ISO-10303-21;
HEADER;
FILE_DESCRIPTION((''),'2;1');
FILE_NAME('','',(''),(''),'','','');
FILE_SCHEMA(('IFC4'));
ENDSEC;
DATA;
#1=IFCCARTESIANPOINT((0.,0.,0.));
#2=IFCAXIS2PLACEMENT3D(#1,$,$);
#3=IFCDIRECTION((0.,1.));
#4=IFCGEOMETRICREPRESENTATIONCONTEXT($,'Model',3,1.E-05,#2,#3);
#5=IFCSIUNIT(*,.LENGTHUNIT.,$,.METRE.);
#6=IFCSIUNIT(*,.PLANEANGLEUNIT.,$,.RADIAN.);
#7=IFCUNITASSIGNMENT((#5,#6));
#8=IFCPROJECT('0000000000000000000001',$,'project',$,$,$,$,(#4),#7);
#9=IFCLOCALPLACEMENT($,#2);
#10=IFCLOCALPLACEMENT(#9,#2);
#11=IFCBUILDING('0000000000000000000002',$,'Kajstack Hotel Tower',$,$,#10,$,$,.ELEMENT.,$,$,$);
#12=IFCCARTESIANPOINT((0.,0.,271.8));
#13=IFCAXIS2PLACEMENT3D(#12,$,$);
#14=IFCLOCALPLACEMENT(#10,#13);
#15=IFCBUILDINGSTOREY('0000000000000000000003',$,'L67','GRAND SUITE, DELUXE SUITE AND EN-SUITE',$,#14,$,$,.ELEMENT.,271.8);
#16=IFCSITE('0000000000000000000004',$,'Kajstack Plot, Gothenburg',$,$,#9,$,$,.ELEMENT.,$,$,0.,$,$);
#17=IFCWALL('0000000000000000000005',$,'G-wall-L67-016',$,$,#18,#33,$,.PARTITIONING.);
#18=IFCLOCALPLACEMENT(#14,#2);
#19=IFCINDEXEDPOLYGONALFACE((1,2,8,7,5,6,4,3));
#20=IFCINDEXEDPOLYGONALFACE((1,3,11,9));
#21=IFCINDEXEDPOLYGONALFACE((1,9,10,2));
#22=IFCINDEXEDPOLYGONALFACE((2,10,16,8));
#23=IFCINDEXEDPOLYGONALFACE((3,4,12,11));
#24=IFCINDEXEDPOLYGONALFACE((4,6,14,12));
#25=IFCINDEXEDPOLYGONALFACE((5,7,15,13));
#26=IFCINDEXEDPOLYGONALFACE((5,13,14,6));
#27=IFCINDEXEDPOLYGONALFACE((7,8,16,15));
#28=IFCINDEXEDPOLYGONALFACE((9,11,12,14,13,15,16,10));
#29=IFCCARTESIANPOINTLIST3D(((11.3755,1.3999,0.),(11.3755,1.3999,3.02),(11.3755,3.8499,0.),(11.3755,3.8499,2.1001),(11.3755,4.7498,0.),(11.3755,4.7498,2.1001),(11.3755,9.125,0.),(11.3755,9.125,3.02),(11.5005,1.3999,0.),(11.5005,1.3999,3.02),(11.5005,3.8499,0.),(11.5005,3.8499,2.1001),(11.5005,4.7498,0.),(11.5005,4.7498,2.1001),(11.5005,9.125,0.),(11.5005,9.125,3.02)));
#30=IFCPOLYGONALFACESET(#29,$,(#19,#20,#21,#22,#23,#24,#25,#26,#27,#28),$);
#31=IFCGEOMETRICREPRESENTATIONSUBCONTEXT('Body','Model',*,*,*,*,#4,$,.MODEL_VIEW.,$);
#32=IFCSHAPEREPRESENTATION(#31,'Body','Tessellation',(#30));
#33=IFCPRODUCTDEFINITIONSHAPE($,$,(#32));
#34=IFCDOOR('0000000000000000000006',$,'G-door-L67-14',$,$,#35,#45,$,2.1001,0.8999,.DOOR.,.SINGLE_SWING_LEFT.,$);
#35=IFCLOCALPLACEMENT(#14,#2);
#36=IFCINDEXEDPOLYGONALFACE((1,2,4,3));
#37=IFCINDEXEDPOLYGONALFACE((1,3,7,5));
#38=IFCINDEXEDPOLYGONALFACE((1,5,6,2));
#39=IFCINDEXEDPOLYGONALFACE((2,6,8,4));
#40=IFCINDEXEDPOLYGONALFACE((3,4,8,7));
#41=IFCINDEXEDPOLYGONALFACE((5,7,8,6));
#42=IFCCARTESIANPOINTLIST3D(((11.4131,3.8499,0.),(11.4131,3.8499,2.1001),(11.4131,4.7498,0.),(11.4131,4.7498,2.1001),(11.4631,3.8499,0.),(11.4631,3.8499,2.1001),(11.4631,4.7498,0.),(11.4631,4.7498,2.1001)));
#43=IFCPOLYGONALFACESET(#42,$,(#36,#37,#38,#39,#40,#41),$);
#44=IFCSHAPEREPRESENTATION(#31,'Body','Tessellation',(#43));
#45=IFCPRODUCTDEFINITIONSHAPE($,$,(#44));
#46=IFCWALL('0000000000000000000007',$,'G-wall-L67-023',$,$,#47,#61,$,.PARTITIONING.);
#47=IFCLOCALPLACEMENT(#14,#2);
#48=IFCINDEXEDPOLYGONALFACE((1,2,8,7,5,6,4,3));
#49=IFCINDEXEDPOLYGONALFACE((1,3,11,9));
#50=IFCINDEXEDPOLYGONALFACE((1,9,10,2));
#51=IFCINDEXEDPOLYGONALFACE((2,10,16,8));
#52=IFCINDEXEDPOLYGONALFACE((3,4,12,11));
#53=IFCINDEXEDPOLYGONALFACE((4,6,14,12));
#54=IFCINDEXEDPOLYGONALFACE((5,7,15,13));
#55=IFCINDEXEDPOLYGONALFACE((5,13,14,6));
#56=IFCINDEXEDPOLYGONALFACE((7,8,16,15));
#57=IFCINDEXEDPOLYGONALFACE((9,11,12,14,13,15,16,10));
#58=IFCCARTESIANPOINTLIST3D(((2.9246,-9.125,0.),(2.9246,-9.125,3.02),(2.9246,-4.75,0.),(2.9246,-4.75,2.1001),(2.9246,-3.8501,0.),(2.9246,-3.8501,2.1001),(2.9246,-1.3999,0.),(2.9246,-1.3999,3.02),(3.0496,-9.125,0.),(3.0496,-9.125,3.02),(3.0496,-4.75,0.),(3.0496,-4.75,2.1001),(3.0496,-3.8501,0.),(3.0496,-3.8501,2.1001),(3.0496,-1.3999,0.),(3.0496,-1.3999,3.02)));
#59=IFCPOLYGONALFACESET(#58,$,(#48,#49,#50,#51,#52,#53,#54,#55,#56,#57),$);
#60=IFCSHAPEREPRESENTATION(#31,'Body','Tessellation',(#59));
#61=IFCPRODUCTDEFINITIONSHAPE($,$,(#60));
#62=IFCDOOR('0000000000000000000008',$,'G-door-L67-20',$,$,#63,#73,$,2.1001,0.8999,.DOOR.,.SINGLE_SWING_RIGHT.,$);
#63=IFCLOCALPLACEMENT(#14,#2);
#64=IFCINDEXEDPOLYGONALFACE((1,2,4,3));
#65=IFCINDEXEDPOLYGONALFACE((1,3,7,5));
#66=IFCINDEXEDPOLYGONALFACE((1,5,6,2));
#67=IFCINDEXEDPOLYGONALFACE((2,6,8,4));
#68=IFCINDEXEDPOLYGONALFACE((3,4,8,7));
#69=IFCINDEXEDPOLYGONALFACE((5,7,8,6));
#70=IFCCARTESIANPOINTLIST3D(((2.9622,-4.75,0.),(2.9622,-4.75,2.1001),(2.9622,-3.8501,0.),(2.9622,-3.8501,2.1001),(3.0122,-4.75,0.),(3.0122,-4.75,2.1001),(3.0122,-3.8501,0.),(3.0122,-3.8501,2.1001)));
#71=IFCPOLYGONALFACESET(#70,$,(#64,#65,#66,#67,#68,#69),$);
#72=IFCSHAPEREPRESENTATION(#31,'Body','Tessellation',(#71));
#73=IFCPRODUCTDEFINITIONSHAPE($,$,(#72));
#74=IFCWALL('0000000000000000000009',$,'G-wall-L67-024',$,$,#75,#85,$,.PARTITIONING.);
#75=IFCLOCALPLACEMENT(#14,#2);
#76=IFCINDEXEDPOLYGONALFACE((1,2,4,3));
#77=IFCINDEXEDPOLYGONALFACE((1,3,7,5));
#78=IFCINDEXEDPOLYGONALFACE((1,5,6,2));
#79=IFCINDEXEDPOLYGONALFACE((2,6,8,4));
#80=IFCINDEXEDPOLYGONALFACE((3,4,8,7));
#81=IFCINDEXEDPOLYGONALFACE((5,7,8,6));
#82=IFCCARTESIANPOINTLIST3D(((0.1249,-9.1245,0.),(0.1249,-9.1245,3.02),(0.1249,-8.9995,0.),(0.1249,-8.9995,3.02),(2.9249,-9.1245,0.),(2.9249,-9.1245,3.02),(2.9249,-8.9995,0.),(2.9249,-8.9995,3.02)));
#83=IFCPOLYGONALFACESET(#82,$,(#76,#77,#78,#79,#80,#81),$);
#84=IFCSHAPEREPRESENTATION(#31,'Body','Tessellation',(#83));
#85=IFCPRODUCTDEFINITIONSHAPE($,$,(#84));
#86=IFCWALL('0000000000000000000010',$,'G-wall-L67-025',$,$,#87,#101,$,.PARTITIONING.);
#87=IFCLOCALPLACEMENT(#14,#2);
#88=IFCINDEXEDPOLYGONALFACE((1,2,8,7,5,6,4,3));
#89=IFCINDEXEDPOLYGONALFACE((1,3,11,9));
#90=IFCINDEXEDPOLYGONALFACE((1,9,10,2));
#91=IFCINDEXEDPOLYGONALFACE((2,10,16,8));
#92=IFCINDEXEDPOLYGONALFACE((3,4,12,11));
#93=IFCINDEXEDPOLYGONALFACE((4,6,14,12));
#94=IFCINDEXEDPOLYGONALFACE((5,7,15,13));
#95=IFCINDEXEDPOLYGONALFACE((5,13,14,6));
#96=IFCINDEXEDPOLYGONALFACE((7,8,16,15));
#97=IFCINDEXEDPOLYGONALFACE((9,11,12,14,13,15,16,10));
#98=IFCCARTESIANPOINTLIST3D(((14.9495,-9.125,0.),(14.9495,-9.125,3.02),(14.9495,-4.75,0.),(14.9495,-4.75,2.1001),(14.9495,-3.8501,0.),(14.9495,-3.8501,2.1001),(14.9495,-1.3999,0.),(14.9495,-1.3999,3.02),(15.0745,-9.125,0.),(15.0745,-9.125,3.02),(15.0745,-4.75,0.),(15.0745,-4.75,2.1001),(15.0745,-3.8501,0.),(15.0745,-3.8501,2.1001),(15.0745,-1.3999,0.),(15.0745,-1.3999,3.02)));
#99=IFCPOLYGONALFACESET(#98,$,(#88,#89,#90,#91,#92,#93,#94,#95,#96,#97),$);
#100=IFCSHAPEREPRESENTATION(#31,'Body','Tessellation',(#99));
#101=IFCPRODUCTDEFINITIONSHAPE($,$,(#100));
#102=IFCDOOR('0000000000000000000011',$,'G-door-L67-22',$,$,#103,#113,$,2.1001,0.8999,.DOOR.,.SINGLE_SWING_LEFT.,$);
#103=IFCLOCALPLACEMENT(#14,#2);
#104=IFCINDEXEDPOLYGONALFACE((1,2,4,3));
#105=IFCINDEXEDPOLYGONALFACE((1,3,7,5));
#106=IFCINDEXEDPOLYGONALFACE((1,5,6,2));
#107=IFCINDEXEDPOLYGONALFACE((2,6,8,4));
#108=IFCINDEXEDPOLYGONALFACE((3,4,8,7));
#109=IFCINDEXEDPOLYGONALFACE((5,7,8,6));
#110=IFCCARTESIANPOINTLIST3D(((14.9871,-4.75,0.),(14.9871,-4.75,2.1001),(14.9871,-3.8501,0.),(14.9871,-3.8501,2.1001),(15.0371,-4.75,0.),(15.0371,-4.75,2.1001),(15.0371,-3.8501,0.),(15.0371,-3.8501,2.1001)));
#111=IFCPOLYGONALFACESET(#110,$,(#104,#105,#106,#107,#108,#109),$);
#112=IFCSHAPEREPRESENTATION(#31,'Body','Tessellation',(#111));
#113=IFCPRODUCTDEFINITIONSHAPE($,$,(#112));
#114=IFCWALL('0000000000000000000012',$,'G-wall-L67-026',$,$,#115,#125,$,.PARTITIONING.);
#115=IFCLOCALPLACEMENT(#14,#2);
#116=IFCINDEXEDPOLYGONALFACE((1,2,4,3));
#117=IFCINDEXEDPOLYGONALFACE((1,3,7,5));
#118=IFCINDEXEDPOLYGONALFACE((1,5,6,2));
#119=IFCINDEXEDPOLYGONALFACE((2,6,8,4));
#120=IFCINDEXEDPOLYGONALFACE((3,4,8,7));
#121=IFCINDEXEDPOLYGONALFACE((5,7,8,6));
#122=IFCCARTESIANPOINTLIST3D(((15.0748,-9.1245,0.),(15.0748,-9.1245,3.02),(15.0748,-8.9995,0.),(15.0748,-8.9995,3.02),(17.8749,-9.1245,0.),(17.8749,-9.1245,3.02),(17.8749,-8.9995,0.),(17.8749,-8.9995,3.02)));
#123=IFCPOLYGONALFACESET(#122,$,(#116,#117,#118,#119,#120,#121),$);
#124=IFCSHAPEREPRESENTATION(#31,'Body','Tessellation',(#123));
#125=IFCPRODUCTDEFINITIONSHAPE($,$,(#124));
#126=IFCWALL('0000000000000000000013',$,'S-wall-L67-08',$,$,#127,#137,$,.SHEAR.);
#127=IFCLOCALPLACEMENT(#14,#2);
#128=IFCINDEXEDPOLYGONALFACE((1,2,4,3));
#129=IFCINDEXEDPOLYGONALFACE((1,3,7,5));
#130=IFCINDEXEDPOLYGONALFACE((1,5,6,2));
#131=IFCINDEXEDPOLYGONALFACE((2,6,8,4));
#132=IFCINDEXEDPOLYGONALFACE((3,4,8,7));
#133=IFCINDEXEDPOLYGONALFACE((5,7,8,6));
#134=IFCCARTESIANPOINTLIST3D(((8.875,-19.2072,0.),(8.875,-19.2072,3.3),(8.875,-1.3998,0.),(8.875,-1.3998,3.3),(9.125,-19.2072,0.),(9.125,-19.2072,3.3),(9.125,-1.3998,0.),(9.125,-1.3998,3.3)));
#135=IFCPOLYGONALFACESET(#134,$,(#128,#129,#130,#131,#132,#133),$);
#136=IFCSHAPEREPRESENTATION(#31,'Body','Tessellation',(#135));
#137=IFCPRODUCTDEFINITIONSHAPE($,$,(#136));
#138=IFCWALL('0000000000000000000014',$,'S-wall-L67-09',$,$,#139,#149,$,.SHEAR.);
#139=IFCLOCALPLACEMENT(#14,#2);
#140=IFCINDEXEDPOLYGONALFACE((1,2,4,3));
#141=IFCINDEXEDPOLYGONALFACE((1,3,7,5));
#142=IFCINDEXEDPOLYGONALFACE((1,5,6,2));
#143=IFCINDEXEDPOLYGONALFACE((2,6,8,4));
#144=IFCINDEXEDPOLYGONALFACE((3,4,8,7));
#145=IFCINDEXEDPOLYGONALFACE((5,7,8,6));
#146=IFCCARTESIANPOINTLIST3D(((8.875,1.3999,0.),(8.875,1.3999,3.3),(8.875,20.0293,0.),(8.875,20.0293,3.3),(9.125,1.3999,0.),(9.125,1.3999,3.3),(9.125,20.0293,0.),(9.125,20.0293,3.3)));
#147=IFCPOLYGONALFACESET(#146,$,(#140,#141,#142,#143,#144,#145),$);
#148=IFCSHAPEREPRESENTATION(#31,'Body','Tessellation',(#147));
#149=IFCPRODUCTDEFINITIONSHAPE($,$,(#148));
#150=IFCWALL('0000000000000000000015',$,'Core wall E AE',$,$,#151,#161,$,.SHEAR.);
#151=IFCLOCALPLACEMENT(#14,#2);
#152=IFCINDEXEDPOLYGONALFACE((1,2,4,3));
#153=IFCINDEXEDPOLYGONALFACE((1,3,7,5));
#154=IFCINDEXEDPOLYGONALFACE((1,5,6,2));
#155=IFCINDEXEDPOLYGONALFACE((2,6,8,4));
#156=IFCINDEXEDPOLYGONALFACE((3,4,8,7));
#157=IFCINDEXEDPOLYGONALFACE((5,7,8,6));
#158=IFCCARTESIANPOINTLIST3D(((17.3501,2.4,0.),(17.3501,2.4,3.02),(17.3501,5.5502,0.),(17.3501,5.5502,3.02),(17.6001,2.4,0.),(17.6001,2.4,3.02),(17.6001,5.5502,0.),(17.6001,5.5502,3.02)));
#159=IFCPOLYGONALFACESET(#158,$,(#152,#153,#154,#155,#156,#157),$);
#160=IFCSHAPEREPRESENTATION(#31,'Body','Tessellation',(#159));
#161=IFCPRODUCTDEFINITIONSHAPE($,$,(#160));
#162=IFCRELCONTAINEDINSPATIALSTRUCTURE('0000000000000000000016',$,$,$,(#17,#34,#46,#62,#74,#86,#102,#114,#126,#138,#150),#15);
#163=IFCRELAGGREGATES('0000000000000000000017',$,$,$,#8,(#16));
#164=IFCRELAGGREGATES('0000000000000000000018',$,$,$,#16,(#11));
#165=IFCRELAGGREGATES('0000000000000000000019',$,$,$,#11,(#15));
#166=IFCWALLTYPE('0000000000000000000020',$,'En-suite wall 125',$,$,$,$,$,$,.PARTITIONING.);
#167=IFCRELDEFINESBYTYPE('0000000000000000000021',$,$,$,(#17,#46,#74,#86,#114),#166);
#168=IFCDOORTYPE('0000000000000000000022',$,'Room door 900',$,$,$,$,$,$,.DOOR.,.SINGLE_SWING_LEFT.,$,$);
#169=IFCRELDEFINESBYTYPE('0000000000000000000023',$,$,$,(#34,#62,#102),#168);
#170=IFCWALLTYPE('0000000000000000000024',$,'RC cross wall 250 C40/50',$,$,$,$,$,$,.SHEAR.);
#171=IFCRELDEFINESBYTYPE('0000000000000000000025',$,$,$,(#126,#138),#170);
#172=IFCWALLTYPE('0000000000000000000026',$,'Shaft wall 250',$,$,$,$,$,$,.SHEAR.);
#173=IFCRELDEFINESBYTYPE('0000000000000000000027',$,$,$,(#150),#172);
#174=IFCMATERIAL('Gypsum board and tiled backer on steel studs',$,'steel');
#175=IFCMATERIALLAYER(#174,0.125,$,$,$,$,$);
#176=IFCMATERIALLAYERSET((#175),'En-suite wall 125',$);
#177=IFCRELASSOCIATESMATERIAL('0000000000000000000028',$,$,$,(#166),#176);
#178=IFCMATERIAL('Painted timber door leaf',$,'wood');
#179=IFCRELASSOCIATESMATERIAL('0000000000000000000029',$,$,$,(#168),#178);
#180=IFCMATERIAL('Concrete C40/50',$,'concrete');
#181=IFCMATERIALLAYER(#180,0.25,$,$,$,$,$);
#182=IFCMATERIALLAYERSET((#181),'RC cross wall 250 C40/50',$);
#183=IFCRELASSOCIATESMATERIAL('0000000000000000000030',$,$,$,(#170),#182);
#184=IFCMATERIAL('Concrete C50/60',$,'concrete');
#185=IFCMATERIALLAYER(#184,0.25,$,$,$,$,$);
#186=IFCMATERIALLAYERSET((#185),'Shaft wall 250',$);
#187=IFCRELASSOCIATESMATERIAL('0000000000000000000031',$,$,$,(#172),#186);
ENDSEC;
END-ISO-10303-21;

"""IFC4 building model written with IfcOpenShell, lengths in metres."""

from ifc_helpers import new_model, si_unit, direction, frame, frame_2d, origin, place, context, subcontext, project, spatial, rectangle, extrude, material, layer, layer_set, type_object, element, fill, save


model = new_model("IFC4")

# Units and contexts
model_context = context("Model", 3, precision=1e-05, world=origin(), true_north=direction((0.0, 1.0)))
body_context = subcontext(model_context, "Body", "Model", "MODEL_VIEW")
ifc_project = project(units=[si_unit("LENGTHUNIT", "METRE"), si_unit("PLANEANGLEUNIT", "RADIAN")], contexts=[model_context])

# Site, building, storey
site_placement = place(None, origin())
site = spatial("IfcSite", under=ifc_project, at=site_placement, Name="Kajstack Plot, Gothenburg", CompositionType="ELEMENT", RefElevation=0.0)
building_placement = place(site_placement, origin())
building = spatial("IfcBuilding", under=site, at=building_placement, Name="Kajstack Hotel Tower", CompositionType="ELEMENT")
storey_placement = place(building_placement, frame((0.0, 0.0, 271.8)))
storey = spatial("IfcBuildingStorey", under=building, at=storey_placement, Name="L67", Description="GRAND SUITE, DELUXE SUITE AND EN-SUITE", CompositionType="ELEMENT", Elevation=271.8)

# Shared definitions
ifc_material_1 = material(Name="Concrete C40/50", Category="concrete")

# Walls, openings, doors
ifc_material_2 = material(Name="Gypsum board and tiled backer on steel studs", Category="steel")
ifc_layer_1 = layer(ifc_material_2, 0.125)
ifc_layer_set_1 = layer_set([ifc_layer_1], Name="En-suite wall 125")
wall_type_1 = type_object("IfcWallType", Name="En-suite wall 125", PredefinedType="PARTITIONING", material=ifc_layer_set_1)
ifc_material_3 = material(Name="Painted timber door leaf", Category="wood")
door_type_1 = type_object("IfcDoorType", Name="Room door 900", OperationType="SINGLE_SWING_LEFT", PredefinedType="DOOR", material=ifc_material_3)
wall_1_placement = place(storey_placement, frame((11.438, 1.3999, 0.0), z_axis=(0.0, 0.0, 1.0), x_axis=(0.0, 1.0, 0.0)))
wall_1 = element("IfcWall", 1, at=wall_1_placement, inside=storey, type_object=wall_type_1, Name="G-wall-L67-016", PredefinedType="PARTITIONING", context=body_context, shape_type="SweptSolid", body=[
    extrude(rectangle(XDim=7.7251, YDim=0.125, at=frame_2d((3.8625, 0.0))), origin(), (0.0, 0.0, 1.0), 3.02),
])
opening_1_placement = place(wall_1_placement, frame((2.45, 0.0, 0.0)))
opening_1 = element("IfcOpeningElement", 2, at=opening_1_placement, cuts=wall_1, PredefinedType="OPENING", context=body_context, shape_type="SweptSolid", body=[
    extrude(rectangle(XDim=0.8999, YDim=2.1001, at=frame_2d((0.45, 1.05))), frame((0.0, 0.0725, 0.0), z_axis=(0.0, -1.0, 0.0), x_axis=(1.0, 0.0, 0.0)), (0.0, 0.0, 1.0), 0.145),
])
door_1_placement = place(opening_1_placement, origin())
door_1 = element("IfcDoor", 3, at=door_1_placement, inside=storey, type_object=door_type_1, Name="G-door-L67-14", OperationType="SINGLE_SWING_LEFT", OverallHeight=2.1001, OverallWidth=0.8999, PredefinedType="DOOR", context=body_context, shape_type="SweptSolid", body=[
    extrude(rectangle(XDim=0.8999, YDim=2.1001, at=frame_2d((0.45, 1.05))), frame((0.0, 0.0249, 0.0), z_axis=(0.0, -1.0, 0.0), x_axis=(1.0, 0.0, 0.0)), (0.0, 0.0, 1.0), 0.05),
])
fill(opening_1, door_1)
wall_2_placement = place(storey_placement, frame((2.9871, -9.125, 0.0), z_axis=(0.0, 0.0, 1.0), x_axis=(0.0, 1.0, 0.0)))
wall_2 = element("IfcWall", 4, at=wall_2_placement, inside=storey, type_object=wall_type_1, Name="G-wall-L67-023", PredefinedType="PARTITIONING", context=body_context, shape_type="SweptSolid", body=[
    extrude(rectangle(XDim=7.7251, YDim=0.125, at=frame_2d((3.8625, 0.0))), origin(), (0.0, 0.0, 1.0), 3.02),
])
opening_2_placement = place(wall_2_placement, frame((4.375, 0.0, 0.0)))
opening_2 = element("IfcOpeningElement", 5, at=opening_2_placement, cuts=wall_2, PredefinedType="OPENING", context=body_context, shape_type="SweptSolid", body=[
    extrude(rectangle(XDim=0.8999, YDim=2.1001, at=frame_2d((0.45, 1.05))), frame((0.0, 0.0725, 0.0), z_axis=(0.0, -1.0, 0.0), x_axis=(1.0, 0.0, 0.0)), (0.0, 0.0, 1.0), 0.145),
])
door_2_placement = place(opening_2_placement, origin())
door_2 = element("IfcDoor", 6, at=door_2_placement, inside=storey, type_object=door_type_1, Name="G-door-L67-20", OperationType="SINGLE_SWING_RIGHT", OverallHeight=2.1001, OverallWidth=0.8999, PredefinedType="DOOR", context=body_context, shape_type="SweptSolid", body=[
    extrude(rectangle(XDim=0.8999, YDim=2.1001, at=frame_2d((0.45, 1.05))), frame((0.0, 0.0249, 0.0), z_axis=(0.0, -1.0, 0.0), x_axis=(1.0, 0.0, 0.0)), (0.0, 0.0, 1.0), 0.05),
])
fill(opening_2, door_2)

# Wall
wall_3_placement = place(storey_placement, frame((0.125, -9.062, 0.0), z_axis=(0.0, 0.0, 1.0), x_axis=(1.0, 0.0, 0.0)))
element("IfcWall", 7, at=wall_3_placement, inside=storey, type_object=wall_type_1, Name="G-wall-L67-024", PredefinedType="PARTITIONING", context=body_context, shape_type="SweptSolid", body=[
    extrude(rectangle(XDim=2.8, YDim=0.125, at=frame_2d((1.3999, 0.0))), origin(), (0.0, 0.0, 1.0), 3.02),
])

# Wall, opening, door
wall_4_placement = place(storey_placement, frame((15.012, -9.125, 0.0), z_axis=(0.0, 0.0, 1.0), x_axis=(0.0, 1.0, 0.0)))
wall_4 = element("IfcWall", 8, at=wall_4_placement, inside=storey, type_object=wall_type_1, Name="G-wall-L67-025", PredefinedType="PARTITIONING", context=body_context, shape_type="SweptSolid", body=[
    extrude(rectangle(XDim=7.7251, YDim=0.125, at=frame_2d((3.8625, 0.0))), origin(), (0.0, 0.0, 1.0), 3.02),
])
opening_3_placement = place(wall_4_placement, frame((4.375, 0.0, 0.0)))
opening_3 = element("IfcOpeningElement", 9, at=opening_3_placement, cuts=wall_4, PredefinedType="OPENING", context=body_context, shape_type="SweptSolid", body=[
    extrude(rectangle(XDim=0.8999, YDim=2.1001, at=frame_2d((0.45, 1.05))), frame((0.0, 0.0725, 0.0), z_axis=(0.0, -1.0, 0.0), x_axis=(1.0, 0.0, 0.0)), (0.0, 0.0, 1.0), 0.145),
])
door_3_placement = place(opening_3_placement, origin())
door_3 = element("IfcDoor", 10, at=door_3_placement, inside=storey, type_object=door_type_1, Name="G-door-L67-22", OperationType="SINGLE_SWING_LEFT", OverallHeight=2.1001, OverallWidth=0.8999, PredefinedType="DOOR", context=body_context, shape_type="SweptSolid", body=[
    extrude(rectangle(XDim=0.8999, YDim=2.1001, at=frame_2d((0.45, 1.05))), frame((0.0, 0.0249, 0.0), z_axis=(0.0, -1.0, 0.0), x_axis=(1.0, 0.0, 0.0)), (0.0, 0.0, 1.0), 0.05),
])
fill(opening_3, door_3)

# Walls
wall_5_placement = place(storey_placement, frame((15.075, -9.062, 0.0), z_axis=(0.0, 0.0, 1.0), x_axis=(1.0, 0.0, 0.0)))
element("IfcWall", 11, at=wall_5_placement, inside=storey, type_object=wall_type_1, Name="G-wall-L67-026", PredefinedType="PARTITIONING", context=body_context, shape_type="SweptSolid", body=[
    extrude(rectangle(XDim=2.8, YDim=0.125, at=frame_2d((1.3999, 0.0))), origin(), (0.0, 0.0, 1.0), 3.02),
])
ifc_layer_2 = layer(ifc_material_1, 0.25)
ifc_layer_set_2 = layer_set([ifc_layer_2], Name="RC cross wall 250 C40/50")
wall_type_2 = type_object("IfcWallType", Name="RC cross wall 250 C40/50", PredefinedType="SHEAR", material=ifc_layer_set_2)
wall_6_placement = place(storey_placement, frame((9.0, -19.2073, 0.0), z_axis=(0.0, 0.0, 1.0), x_axis=(0.0, 1.0, 0.0)))
element("IfcWall", 12, at=wall_6_placement, inside=storey, type_object=wall_type_2, Name="S-wall-L67-08", PredefinedType="SHEAR", context=body_context, shape_type="SweptSolid", body=[
    extrude(rectangle(XDim=17.8074, YDim=0.25, at=frame_2d((8.9038, 0.0))), origin(), (0.0, 0.0, 1.0), 3.3),
])
wall_7_placement = place(storey_placement, frame((9.0, 1.3999, 0.0), z_axis=(0.0, 0.0, 1.0), x_axis=(0.0, 1.0, 0.0)))
element("IfcWall", 13, at=wall_7_placement, inside=storey, type_object=wall_type_2, Name="S-wall-L67-09", PredefinedType="SHEAR", context=body_context, shape_type="SweptSolid", body=[
    extrude(rectangle(XDim=18.6294, YDim=0.25, at=frame_2d((9.3147, 0.0))), origin(), (0.0, 0.0, 1.0), 3.3),
])
ifc_material_4 = material(Name="Concrete C50/60", Category="concrete")
ifc_layer_3 = layer(ifc_material_4, 0.25)
ifc_layer_set_3 = layer_set([ifc_layer_3], Name="Shaft wall 250")
wall_type_3 = type_object("IfcWallType", Name="Shaft wall 250", PredefinedType="SHEAR", material=ifc_layer_set_3)
wall_8_placement = place(storey_placement, frame((17.4751, 2.3999, 0.0), z_axis=(0.0, 0.0, 1.0), x_axis=(0.0, 1.0, 0.0)))
element("IfcWall", 14, at=wall_8_placement, inside=storey, type_object=wall_type_3, Name="Core wall E AE", PredefinedType="SHEAR", context=body_context, shape_type="SweptSolid", body=[
    extrude(rectangle(XDim=3.1501, YDim=0.25, at=frame_2d((1.5752, 0.0))), origin(), (0.0, 0.0, 1.0), 3.02),
])

save(model, "model.ifc")
